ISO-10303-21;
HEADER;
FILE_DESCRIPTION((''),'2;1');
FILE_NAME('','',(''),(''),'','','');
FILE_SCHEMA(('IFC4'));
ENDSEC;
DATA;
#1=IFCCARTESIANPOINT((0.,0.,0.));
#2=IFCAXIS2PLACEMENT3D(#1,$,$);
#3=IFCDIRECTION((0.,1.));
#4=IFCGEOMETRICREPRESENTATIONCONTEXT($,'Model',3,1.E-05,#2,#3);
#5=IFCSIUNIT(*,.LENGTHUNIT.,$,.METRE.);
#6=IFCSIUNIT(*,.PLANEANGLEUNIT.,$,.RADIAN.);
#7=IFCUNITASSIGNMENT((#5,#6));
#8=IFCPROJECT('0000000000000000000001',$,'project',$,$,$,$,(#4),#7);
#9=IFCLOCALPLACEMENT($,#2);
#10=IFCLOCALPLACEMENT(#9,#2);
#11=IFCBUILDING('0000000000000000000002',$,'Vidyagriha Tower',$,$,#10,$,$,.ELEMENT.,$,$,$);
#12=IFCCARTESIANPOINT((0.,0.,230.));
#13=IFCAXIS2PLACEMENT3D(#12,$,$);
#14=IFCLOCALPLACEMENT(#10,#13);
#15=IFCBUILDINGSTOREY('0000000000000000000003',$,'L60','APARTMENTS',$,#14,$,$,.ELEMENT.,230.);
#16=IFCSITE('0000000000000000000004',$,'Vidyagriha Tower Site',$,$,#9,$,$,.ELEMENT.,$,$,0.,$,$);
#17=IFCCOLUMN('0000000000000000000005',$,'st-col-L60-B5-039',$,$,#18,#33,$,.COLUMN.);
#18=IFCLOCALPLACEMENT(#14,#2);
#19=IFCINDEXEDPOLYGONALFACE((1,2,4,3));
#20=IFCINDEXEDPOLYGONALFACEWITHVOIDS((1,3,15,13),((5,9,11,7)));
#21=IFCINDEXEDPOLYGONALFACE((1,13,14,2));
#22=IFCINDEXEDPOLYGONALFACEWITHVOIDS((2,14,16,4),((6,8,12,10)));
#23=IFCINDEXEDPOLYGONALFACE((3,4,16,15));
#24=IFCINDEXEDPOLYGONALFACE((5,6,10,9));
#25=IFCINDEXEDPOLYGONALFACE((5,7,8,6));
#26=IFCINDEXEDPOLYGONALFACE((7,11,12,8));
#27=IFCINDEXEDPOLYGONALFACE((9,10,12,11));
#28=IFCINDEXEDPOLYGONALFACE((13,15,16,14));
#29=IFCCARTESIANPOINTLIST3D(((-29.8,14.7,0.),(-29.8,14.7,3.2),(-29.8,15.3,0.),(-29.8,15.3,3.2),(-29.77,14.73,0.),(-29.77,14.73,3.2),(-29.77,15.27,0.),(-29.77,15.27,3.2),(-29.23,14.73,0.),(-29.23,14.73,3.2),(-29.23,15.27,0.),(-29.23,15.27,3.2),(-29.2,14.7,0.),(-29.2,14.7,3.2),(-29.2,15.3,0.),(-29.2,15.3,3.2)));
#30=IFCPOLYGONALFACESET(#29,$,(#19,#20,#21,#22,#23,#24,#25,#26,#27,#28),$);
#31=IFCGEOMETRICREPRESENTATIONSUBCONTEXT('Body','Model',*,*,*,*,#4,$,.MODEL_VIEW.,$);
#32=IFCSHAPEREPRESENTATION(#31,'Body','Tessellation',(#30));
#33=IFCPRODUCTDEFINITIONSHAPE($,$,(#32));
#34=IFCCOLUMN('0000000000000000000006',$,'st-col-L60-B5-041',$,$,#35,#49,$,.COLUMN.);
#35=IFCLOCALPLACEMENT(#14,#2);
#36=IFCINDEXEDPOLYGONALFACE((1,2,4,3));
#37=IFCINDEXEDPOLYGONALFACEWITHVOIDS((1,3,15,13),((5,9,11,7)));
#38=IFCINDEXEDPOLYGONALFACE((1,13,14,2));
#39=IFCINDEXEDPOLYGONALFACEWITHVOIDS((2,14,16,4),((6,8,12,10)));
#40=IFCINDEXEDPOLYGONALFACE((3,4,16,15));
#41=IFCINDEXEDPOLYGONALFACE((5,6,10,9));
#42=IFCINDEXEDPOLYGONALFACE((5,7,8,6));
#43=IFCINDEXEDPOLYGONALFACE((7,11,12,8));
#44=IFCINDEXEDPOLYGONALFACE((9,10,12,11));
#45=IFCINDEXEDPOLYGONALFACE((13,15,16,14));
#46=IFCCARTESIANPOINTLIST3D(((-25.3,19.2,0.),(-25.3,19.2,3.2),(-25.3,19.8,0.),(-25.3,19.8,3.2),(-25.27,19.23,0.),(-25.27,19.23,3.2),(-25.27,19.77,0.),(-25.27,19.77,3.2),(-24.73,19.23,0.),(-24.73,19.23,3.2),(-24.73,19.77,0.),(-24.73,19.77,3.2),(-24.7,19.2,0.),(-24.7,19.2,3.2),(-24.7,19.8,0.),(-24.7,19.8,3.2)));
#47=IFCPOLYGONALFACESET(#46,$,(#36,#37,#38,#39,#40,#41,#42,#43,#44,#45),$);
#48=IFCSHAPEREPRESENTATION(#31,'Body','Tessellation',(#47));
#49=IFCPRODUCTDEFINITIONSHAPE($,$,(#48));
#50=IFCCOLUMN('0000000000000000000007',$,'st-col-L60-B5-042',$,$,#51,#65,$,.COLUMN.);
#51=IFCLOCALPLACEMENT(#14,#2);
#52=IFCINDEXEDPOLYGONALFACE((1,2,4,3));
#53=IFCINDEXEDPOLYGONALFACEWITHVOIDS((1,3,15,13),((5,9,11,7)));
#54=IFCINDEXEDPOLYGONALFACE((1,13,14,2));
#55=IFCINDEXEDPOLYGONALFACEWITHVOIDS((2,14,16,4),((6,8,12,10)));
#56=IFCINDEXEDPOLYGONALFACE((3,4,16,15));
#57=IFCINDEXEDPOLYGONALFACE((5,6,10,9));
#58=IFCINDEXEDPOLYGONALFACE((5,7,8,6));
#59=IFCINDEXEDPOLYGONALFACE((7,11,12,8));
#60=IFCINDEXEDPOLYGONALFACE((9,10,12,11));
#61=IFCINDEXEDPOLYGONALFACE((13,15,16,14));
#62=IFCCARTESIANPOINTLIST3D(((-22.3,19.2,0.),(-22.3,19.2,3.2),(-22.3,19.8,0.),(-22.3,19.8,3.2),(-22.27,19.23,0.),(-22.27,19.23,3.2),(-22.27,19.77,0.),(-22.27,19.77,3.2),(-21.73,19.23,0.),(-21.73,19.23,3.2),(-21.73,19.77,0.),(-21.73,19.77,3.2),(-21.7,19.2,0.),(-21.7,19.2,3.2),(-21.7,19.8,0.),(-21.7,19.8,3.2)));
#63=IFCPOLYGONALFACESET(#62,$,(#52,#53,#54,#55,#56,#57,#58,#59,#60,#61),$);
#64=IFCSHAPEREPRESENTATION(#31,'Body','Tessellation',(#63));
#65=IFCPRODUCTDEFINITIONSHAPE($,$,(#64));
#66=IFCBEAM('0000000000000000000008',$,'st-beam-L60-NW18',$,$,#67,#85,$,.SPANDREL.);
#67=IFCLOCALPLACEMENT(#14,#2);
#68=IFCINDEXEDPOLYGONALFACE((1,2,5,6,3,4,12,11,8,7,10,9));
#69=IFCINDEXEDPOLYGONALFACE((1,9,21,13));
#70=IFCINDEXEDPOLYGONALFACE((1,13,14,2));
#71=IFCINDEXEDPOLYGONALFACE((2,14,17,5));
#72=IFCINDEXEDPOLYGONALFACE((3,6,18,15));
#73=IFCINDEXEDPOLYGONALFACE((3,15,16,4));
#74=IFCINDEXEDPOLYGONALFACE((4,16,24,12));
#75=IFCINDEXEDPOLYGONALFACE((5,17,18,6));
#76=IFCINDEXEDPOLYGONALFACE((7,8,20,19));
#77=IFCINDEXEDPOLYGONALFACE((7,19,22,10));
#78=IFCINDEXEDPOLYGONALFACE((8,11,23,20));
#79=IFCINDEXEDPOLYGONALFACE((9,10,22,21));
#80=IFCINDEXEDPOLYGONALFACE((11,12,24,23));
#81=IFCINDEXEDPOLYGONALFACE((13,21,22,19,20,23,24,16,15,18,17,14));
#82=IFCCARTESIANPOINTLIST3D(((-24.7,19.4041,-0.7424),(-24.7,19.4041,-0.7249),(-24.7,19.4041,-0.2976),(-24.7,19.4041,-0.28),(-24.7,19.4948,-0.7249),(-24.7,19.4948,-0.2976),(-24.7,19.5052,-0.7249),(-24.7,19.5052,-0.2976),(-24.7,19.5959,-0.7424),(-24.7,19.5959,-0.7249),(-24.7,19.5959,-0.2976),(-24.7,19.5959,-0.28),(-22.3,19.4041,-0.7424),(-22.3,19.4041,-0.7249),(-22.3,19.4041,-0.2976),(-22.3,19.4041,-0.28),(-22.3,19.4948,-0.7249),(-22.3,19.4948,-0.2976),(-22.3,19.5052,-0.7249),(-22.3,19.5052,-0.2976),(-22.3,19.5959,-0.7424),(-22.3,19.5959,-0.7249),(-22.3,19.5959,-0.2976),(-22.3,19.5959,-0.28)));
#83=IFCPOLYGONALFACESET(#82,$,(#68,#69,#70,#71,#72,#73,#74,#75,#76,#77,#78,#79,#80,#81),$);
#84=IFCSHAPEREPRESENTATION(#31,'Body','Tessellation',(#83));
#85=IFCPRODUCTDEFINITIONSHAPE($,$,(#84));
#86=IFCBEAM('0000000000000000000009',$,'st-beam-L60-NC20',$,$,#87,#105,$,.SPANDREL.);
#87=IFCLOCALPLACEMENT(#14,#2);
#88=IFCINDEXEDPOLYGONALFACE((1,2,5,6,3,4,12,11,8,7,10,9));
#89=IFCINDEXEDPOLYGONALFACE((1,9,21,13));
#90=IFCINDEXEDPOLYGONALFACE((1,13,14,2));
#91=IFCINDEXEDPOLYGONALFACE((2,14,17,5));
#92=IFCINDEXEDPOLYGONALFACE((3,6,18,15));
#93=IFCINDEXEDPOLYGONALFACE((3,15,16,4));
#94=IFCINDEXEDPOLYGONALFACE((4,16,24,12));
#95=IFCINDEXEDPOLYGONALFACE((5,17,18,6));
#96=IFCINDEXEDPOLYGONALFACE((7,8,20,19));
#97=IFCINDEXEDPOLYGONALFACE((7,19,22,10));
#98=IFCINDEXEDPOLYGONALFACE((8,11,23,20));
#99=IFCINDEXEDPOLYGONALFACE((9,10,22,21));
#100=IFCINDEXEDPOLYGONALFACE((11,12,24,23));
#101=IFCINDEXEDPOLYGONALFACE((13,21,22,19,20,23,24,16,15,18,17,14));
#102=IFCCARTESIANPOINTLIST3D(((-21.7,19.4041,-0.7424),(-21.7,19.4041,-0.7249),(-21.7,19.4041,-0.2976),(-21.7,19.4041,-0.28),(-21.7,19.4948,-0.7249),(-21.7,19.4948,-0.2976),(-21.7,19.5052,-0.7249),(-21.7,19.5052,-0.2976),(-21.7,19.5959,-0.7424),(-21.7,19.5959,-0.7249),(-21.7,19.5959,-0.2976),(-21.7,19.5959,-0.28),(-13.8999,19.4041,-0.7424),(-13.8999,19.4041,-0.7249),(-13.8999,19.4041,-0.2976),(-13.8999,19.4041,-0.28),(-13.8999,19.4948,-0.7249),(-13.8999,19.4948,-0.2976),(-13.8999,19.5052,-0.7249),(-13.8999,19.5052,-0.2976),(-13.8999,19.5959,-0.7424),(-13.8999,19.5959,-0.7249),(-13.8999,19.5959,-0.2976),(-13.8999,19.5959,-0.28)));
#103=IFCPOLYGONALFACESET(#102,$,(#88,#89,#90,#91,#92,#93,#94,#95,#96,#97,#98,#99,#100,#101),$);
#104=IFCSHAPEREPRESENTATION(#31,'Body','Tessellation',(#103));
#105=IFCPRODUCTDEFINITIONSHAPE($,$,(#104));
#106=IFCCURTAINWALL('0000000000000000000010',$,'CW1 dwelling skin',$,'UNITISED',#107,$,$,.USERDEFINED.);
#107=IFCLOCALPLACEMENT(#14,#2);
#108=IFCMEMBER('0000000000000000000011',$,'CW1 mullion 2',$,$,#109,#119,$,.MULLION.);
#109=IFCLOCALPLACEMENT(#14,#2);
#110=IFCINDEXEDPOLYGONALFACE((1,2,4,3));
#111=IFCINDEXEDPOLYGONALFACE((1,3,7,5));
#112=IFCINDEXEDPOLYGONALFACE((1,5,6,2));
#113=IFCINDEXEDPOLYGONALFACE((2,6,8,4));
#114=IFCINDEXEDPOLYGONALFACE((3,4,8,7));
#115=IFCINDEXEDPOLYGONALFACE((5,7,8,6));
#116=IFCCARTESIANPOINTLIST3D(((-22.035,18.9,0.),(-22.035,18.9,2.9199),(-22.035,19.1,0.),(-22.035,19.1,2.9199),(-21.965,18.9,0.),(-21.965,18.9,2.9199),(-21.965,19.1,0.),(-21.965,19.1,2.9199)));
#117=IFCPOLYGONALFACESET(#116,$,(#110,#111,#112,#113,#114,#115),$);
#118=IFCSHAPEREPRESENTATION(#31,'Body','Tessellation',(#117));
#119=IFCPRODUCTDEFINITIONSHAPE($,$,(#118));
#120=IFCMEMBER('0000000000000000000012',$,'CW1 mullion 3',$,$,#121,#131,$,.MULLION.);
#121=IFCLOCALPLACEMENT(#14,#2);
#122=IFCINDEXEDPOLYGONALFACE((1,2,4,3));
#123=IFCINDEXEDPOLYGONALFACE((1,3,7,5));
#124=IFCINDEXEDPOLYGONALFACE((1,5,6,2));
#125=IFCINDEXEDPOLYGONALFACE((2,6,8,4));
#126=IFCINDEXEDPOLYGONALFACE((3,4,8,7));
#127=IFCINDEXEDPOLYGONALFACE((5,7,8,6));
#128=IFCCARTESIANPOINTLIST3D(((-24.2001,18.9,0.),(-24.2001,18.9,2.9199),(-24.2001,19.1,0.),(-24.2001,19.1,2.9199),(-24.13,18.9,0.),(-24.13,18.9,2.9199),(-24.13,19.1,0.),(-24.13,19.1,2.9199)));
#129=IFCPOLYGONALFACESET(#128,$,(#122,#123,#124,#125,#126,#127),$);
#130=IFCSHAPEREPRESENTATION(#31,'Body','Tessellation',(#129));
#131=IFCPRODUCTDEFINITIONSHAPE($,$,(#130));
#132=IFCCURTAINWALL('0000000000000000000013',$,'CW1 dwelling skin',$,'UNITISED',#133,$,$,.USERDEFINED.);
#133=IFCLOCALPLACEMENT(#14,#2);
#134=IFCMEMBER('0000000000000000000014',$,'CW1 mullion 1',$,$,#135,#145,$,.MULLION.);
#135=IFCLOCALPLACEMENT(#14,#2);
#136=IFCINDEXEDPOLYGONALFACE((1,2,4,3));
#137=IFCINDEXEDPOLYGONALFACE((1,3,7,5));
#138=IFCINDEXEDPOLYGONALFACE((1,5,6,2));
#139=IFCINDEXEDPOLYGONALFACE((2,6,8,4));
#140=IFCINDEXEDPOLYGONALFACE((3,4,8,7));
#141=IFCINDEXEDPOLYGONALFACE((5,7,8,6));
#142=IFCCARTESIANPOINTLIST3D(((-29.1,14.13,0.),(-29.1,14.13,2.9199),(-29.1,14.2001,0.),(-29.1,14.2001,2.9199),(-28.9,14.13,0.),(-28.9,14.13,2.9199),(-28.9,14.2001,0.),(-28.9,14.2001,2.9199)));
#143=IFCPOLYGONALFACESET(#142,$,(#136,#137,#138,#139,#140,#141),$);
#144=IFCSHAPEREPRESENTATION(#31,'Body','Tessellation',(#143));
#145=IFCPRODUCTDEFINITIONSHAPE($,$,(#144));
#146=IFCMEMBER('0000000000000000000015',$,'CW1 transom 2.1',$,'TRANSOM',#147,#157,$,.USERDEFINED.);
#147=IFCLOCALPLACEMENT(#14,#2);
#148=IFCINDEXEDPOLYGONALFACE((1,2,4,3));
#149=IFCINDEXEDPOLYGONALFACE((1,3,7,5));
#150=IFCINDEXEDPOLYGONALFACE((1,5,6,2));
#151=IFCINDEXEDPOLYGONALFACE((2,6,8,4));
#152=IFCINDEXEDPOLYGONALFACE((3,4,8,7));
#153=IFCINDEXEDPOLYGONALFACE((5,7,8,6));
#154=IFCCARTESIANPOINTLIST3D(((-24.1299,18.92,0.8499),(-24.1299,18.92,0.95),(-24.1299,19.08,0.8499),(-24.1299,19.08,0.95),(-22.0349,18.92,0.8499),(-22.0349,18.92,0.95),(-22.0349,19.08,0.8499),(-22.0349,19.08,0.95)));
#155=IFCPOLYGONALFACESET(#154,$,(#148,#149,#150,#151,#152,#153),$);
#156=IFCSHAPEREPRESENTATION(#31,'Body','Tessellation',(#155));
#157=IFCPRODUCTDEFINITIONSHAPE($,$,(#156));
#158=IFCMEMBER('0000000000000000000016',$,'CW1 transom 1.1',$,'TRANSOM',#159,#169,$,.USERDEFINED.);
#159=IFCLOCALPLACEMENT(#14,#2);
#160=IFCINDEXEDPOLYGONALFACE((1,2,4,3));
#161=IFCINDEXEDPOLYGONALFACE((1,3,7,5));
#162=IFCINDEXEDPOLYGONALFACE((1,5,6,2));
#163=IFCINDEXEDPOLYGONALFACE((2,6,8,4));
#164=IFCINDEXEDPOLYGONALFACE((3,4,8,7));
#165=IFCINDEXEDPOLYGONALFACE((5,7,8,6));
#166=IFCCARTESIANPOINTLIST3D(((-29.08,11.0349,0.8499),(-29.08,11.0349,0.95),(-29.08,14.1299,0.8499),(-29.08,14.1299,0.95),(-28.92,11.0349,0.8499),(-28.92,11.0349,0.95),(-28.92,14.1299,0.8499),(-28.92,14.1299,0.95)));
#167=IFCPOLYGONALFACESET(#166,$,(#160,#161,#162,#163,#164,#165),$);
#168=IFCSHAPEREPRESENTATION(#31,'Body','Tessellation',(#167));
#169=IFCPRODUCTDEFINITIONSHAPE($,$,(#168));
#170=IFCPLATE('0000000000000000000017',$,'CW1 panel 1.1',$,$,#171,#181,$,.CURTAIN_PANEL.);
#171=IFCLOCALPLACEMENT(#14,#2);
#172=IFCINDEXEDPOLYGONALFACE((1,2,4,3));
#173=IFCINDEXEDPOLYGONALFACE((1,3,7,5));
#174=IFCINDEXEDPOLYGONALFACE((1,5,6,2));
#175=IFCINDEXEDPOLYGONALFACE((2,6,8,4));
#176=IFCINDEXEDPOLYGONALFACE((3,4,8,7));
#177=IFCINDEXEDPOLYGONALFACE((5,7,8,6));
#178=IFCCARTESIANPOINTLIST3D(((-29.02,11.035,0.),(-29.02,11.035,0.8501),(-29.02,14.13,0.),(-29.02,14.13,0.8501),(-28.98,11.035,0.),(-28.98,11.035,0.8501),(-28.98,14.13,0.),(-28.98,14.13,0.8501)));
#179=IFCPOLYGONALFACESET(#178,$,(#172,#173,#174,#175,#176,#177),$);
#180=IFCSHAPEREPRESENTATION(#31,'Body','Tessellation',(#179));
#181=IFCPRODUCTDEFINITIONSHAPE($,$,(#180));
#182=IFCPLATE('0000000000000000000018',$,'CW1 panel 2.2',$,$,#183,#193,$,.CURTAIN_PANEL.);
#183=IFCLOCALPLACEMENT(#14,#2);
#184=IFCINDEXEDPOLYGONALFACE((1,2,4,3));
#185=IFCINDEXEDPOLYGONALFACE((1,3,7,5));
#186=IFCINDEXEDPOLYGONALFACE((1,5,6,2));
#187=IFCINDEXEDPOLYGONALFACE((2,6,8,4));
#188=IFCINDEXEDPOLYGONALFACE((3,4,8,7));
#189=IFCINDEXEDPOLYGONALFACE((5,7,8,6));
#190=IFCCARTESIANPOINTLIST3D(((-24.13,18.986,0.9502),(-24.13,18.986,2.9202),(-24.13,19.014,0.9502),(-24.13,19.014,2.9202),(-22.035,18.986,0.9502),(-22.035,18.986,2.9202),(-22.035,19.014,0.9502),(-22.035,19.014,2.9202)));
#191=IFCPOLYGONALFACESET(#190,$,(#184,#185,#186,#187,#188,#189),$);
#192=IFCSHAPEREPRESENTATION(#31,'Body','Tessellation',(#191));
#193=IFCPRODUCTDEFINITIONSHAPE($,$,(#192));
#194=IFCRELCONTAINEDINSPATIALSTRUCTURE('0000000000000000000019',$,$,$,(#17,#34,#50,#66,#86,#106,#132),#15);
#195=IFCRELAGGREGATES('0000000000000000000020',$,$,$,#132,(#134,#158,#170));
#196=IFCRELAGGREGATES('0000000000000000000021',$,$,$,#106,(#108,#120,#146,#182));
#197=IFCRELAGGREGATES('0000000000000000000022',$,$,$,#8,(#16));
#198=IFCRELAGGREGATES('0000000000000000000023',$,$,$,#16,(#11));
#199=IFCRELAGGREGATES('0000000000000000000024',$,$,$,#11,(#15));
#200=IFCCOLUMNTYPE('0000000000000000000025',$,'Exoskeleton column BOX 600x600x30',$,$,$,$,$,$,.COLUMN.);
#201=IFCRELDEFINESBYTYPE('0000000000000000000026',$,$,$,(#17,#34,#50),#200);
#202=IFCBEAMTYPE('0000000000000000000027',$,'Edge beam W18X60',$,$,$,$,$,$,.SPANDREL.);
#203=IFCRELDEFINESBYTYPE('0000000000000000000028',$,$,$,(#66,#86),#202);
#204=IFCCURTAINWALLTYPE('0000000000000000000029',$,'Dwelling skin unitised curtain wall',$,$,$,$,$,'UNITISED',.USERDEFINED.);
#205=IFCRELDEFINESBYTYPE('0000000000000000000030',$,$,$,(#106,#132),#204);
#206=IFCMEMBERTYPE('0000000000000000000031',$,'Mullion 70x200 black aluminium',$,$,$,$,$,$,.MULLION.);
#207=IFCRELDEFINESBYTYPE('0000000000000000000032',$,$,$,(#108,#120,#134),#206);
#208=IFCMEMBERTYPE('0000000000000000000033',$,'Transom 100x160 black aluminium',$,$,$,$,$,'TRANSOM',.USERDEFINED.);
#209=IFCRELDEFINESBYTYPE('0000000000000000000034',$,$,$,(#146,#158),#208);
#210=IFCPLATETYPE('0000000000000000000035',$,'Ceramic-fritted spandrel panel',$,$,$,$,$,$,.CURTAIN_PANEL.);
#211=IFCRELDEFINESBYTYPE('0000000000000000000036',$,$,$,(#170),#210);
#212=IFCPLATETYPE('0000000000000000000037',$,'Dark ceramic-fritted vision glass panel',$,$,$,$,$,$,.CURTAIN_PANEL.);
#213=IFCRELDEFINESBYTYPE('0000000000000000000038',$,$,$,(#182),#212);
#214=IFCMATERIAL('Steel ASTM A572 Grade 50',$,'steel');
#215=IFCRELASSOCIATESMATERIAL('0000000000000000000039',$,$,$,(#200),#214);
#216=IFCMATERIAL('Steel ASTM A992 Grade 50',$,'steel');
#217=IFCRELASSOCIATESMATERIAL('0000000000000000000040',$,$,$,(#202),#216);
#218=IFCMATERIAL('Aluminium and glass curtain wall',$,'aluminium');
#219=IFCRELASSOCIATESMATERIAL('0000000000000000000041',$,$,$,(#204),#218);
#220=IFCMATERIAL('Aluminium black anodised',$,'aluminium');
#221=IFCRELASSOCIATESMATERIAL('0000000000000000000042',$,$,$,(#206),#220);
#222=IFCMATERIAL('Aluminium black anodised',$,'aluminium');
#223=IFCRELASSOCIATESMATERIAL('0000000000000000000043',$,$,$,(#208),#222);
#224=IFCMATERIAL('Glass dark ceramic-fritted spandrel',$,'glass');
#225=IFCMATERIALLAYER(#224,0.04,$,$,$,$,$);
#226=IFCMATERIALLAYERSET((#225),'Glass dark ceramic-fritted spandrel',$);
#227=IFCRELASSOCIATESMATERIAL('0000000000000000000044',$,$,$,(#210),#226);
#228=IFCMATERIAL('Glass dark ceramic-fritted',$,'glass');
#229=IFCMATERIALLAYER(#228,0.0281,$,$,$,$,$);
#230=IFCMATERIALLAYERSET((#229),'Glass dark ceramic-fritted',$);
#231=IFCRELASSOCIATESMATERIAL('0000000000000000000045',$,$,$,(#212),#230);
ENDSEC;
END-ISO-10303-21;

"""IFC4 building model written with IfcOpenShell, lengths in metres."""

from ifc_helpers import new_model, si_unit, direction, frame, origin, origin_2d, place, context, subcontext, project, spatial, rectangle, hollow_rectangle, i_section, extrude, material, layer, layer_set, material_profile, profile_set, type_object, element, aggregate, save


model = new_model("IFC4")

# Units and contexts
model_context = context("Model", 3, precision=1e-05, world=origin(), true_north=direction((0.0, 1.0)))
body_context = subcontext(model_context, "Body", "Model", "MODEL_VIEW")
ifc_project = project(units=[si_unit("LENGTHUNIT", "METRE"), si_unit("PLANEANGLEUNIT", "RADIAN")], contexts=[model_context])

# Site, building, storey
site_placement = place(None, origin())
site = spatial("IfcSite", under=ifc_project, at=site_placement, Name="Vidyagriha Tower Site", CompositionType="ELEMENT", RefElevation=0.0)
building_placement = place(site_placement, origin())
building = spatial("IfcBuilding", under=site, at=building_placement, Name="Vidyagriha Tower", CompositionType="ELEMENT")
storey_placement = place(building_placement, frame((0.0, 0.0, 230.0)))
storey = spatial("IfcBuildingStorey", under=building, at=storey_placement, Name="L60", Description="APARTMENTS", CompositionType="ELEMENT", Elevation=230.0)

# Columns
ifc_material_1 = material(Name="Steel ASTM A572 Grade 50", Category="steel")
ifc_material_profile_1 = material_profile(ifc_material_1, hollow_rectangle(XDim=0.6001, YDim=0.6001, WallThickness=0.03, at=origin_2d()), Name="BOX 600x600x30")
ifc_profile_set_1 = profile_set([ifc_material_profile_1], Name="Steel ASTM A572 Grade 50")
column_type = type_object("IfcColumnType", Name="Exoskeleton column BOX 600x600x30", PredefinedType="COLUMN", material=ifc_profile_set_1)
for number, where, name in (
    (1, (-29.5, 15.0, 0.0), "st-col-L60-B5-039"),
    (2, (-25.0, 19.5, 0.0), "st-col-L60-B5-041"),
    (3, (-22.0, 19.5, 0.0), "st-col-L60-B5-042"),
):
    element("IfcColumn", number, at=place(storey_placement, frame(where)), inside=storey, type_object=column_type, Name=name, PredefinedType="COLUMN", context=body_context, shape_type="SweptSolid", body=[
        extrude(hollow_rectangle(XDim=0.6001, YDim=0.6001, WallThickness=0.03, at=origin_2d()), origin(), (0.0, 0.0, 1.0), 3.2),
    ])

# Beams
ifc_material_2 = material(Name="Steel ASTM A992 Grade 50", Category="steel")
ifc_material_profile_2 = material_profile(ifc_material_2, i_section(OverallWidth=0.1919, OverallDepth=0.4624, WebThickness=0.0105, FlangeThickness=0.0176, at=origin_2d()), Name="W18X60")
ifc_profile_set_2 = profile_set([ifc_material_profile_2], Name="Steel ASTM A992 Grade 50")
beam_type = type_object("IfcBeamType", Name="Edge beam W18X60", PredefinedType="SPANDREL", material=ifc_profile_set_2)
beam_1_placement = place(storey_placement, frame((-24.7, 19.5, -0.5112), z_axis=(1.0, 0.0, 0.0), x_axis=(0.0, 1.0, 0.0)))
element("IfcBeam", 4, at=beam_1_placement, inside=storey, type_object=beam_type, Name="st-beam-L60-NW18", PredefinedType="SPANDREL", context=body_context, shape_type="SweptSolid", body=[
    extrude(i_section(OverallWidth=0.1919, OverallDepth=0.4624, WebThickness=0.0105, FlangeThickness=0.0176, at=origin_2d()), origin(), (0.0, 0.0, 1.0), 2.3999),
])
beam_2_placement = place(storey_placement, frame((-21.7, 19.5, -0.5112), z_axis=(1.0, 0.0, 0.0), x_axis=(0.0, 1.0, 0.0)))
element("IfcBeam", 5, at=beam_2_placement, inside=storey, type_object=beam_type, Name="st-beam-L60-NC20", PredefinedType="SPANDREL", context=body_context, shape_type="SweptSolid", body=[
    extrude(i_section(OverallWidth=0.1919, OverallDepth=0.4624, WebThickness=0.0105, FlangeThickness=0.0176, at=origin_2d()), origin(), (0.0, 0.0, 1.0), 7.8),
])

# Curtain wall, members
ifc_material_3 = material(Name="Aluminium and glass curtain wall", Category="aluminium")
curtain_wall_type = type_object("IfcCurtainWallType", Name="Dwelling skin unitised curtain wall", ElementType="UNITISED", PredefinedType="USERDEFINED", material=ifc_material_3)
curtain_wall_1_placement = place(storey_placement, origin())
curtain_wall_1 = element("IfcCurtainWall", 6, at=curtain_wall_1_placement, inside=storey, type_object=curtain_wall_type, Name="CW1 dwelling skin", ObjectType="UNITISED", PredefinedType="USERDEFINED")
ifc_material_4 = material(Name="Aluminium black anodised", Category="aluminium")
ifc_material_profile_3 = material_profile(ifc_material_4, rectangle(XDim=0.2, YDim=0.0701, at=origin_2d()), Name="Mullion 70x200 black aluminium")
ifc_profile_set_3 = profile_set([ifc_material_profile_3], Name="Aluminium black anodised")
member_type_1 = type_object("IfcMemberType", Name="Mullion 70x200 black aluminium", PredefinedType="MULLION", material=ifc_profile_set_3)
member_1_placement = place(storey_placement, frame((-22.0, 19.0, 0.0), z_axis=(0.0, 0.0, 1.0), x_axis=(0.0, -1.0, 0.0)))
member_1 = element("IfcMember", 7, at=member_1_placement, type_object=member_type_1, Name="CW1 mullion 2", PredefinedType="MULLION", context=body_context, shape_type="SweptSolid", body=[
    extrude(rectangle(XDim=0.2, YDim=0.0701, at=origin_2d()), origin(), (0.0, 0.0, 1.0), 2.9199),
])
member_2_placement = place(storey_placement, frame((-24.165, 19.0, 0.0), z_axis=(0.0, 0.0, 1.0), x_axis=(0.0, -1.0, 0.0)))
member_2 = element("IfcMember", 8, at=member_2_placement, type_object=member_type_1, Name="CW1 mullion 3", PredefinedType="MULLION", context=body_context, shape_type="SweptSolid", body=[
    extrude(rectangle(XDim=0.2, YDim=0.0701, at=origin_2d()), origin(), (0.0, 0.0, 1.0), 2.9199),
])

# Curtain wall, member
curtain_wall_2_placement = place(storey_placement, origin())
curtain_wall_2 = element("IfcCurtainWall", 9, at=curtain_wall_2_placement, inside=storey, type_object=curtain_wall_type, Name="CW1 dwelling skin", ObjectType="UNITISED", PredefinedType="USERDEFINED")
member_3_placement = place(storey_placement, frame((-29.0, 14.165, 0.0)))
member_3 = element("IfcMember", 10, at=member_3_placement, type_object=member_type_1, Name="CW1 mullion 1", PredefinedType="MULLION", context=body_context, shape_type="SweptSolid", body=[
    extrude(rectangle(XDim=0.2, YDim=0.0701, at=origin_2d()), origin(), (0.0, 0.0, 1.0), 2.9199),
])

# Members
ifc_material_5 = material(Name="Aluminium black anodised", Category="aluminium")
ifc_material_profile_4 = material_profile(ifc_material_5, rectangle(XDim=0.1599, YDim=0.1001, at=origin_2d()), Name="Transom 100x160 black aluminium")
ifc_profile_set_4 = profile_set([ifc_material_profile_4], Name="Aluminium black anodised")
member_type_2 = type_object("IfcMemberType", Name="Transom 100x160 black aluminium", ElementType="TRANSOM", PredefinedType="USERDEFINED", material=ifc_profile_set_4)
member_4_placement = place(storey_placement, frame((-22.0349, 19.0, 0.8999), z_axis=(-1.0, 0.0, 0.0), x_axis=(0.0, -1.0, 0.0)))
member_4 = element("IfcMember", 11, at=member_4_placement, type_object=member_type_2, Name="CW1 transom 2.1", ObjectType="TRANSOM", PredefinedType="USERDEFINED", context=body_context, shape_type="SweptSolid", body=[
    extrude(rectangle(XDim=0.1599, YDim=0.1001, at=origin_2d()), origin(), (0.0, 0.0, 1.0), 2.095),
])
member_5_placement = place(storey_placement, frame((-29.0, 14.1299, 0.8999), z_axis=(0.0, -1.0, 0.0), x_axis=(1.0, 0.0, 0.0)))
member_5 = element("IfcMember", 12, at=member_5_placement, type_object=member_type_2, Name="CW1 transom 1.1", ObjectType="TRANSOM", PredefinedType="USERDEFINED", context=body_context, shape_type="SweptSolid", body=[
    extrude(rectangle(XDim=0.1599, YDim=0.1001, at=origin_2d()), origin(), (0.0, 0.0, 1.0), 3.095),
])

# Plates
ifc_material_6 = material(Name="Glass dark ceramic-fritted spandrel", Category="glass")
ifc_layer_1 = layer(ifc_material_6, 0.04)
ifc_layer_set_1 = layer_set([ifc_layer_1], Name="Glass dark ceramic-fritted spandrel")
plate_type_1 = type_object("IfcPlateType", Name="Ceramic-fritted spandrel panel", PredefinedType="CURTAIN_PANEL", material=ifc_layer_set_1)
plate_1_placement = place(storey_placement, frame((-29.0, 12.5825, 0.0), z_axis=(0.0, 0.0, 1.0), x_axis=(0.0, -1.0, 0.0)))
plate_1 = element("IfcPlate", 13, at=plate_1_placement, type_object=plate_type_1, Name="CW1 panel 1.1", PredefinedType="CURTAIN_PANEL", context=body_context, shape_type="SweptSolid", body=[
    extrude(rectangle(XDim=3.095, YDim=0.04, at=origin_2d()), origin(), (0.0, 0.0, 1.0), 0.8501),
])
ifc_material_7 = material(Name="Glass dark ceramic-fritted", Category="glass")
ifc_layer_2 = layer(ifc_material_7, 0.0281)
ifc_layer_set_2 = layer_set([ifc_layer_2], Name="Glass dark ceramic-fritted")
plate_type_2 = type_object("IfcPlateType", Name="Dark ceramic-fritted vision glass panel", PredefinedType="CURTAIN_PANEL", material=ifc_layer_set_2)
plate_2_placement = place(storey_placement, frame((-23.0825, 19.0, 0.9502), z_axis=(0.0, 0.0, 1.0), x_axis=(-1.0, 0.0, 0.0)))
plate_2 = element("IfcPlate", 14, at=plate_2_placement, type_object=plate_type_2, Name="CW1 panel 2.2", PredefinedType="CURTAIN_PANEL", context=body_context, shape_type="SweptSolid", body=[
    extrude(rectangle(XDim=2.095, YDim=0.0281, at=origin_2d()), origin(), (0.0, 0.0, 1.0), 1.97),
])
aggregate(curtain_wall_2, [member_3, member_5, plate_1])
aggregate(curtain_wall_1, [member_1, member_2, member_4, plate_2])

save(model, "model.ifc")
